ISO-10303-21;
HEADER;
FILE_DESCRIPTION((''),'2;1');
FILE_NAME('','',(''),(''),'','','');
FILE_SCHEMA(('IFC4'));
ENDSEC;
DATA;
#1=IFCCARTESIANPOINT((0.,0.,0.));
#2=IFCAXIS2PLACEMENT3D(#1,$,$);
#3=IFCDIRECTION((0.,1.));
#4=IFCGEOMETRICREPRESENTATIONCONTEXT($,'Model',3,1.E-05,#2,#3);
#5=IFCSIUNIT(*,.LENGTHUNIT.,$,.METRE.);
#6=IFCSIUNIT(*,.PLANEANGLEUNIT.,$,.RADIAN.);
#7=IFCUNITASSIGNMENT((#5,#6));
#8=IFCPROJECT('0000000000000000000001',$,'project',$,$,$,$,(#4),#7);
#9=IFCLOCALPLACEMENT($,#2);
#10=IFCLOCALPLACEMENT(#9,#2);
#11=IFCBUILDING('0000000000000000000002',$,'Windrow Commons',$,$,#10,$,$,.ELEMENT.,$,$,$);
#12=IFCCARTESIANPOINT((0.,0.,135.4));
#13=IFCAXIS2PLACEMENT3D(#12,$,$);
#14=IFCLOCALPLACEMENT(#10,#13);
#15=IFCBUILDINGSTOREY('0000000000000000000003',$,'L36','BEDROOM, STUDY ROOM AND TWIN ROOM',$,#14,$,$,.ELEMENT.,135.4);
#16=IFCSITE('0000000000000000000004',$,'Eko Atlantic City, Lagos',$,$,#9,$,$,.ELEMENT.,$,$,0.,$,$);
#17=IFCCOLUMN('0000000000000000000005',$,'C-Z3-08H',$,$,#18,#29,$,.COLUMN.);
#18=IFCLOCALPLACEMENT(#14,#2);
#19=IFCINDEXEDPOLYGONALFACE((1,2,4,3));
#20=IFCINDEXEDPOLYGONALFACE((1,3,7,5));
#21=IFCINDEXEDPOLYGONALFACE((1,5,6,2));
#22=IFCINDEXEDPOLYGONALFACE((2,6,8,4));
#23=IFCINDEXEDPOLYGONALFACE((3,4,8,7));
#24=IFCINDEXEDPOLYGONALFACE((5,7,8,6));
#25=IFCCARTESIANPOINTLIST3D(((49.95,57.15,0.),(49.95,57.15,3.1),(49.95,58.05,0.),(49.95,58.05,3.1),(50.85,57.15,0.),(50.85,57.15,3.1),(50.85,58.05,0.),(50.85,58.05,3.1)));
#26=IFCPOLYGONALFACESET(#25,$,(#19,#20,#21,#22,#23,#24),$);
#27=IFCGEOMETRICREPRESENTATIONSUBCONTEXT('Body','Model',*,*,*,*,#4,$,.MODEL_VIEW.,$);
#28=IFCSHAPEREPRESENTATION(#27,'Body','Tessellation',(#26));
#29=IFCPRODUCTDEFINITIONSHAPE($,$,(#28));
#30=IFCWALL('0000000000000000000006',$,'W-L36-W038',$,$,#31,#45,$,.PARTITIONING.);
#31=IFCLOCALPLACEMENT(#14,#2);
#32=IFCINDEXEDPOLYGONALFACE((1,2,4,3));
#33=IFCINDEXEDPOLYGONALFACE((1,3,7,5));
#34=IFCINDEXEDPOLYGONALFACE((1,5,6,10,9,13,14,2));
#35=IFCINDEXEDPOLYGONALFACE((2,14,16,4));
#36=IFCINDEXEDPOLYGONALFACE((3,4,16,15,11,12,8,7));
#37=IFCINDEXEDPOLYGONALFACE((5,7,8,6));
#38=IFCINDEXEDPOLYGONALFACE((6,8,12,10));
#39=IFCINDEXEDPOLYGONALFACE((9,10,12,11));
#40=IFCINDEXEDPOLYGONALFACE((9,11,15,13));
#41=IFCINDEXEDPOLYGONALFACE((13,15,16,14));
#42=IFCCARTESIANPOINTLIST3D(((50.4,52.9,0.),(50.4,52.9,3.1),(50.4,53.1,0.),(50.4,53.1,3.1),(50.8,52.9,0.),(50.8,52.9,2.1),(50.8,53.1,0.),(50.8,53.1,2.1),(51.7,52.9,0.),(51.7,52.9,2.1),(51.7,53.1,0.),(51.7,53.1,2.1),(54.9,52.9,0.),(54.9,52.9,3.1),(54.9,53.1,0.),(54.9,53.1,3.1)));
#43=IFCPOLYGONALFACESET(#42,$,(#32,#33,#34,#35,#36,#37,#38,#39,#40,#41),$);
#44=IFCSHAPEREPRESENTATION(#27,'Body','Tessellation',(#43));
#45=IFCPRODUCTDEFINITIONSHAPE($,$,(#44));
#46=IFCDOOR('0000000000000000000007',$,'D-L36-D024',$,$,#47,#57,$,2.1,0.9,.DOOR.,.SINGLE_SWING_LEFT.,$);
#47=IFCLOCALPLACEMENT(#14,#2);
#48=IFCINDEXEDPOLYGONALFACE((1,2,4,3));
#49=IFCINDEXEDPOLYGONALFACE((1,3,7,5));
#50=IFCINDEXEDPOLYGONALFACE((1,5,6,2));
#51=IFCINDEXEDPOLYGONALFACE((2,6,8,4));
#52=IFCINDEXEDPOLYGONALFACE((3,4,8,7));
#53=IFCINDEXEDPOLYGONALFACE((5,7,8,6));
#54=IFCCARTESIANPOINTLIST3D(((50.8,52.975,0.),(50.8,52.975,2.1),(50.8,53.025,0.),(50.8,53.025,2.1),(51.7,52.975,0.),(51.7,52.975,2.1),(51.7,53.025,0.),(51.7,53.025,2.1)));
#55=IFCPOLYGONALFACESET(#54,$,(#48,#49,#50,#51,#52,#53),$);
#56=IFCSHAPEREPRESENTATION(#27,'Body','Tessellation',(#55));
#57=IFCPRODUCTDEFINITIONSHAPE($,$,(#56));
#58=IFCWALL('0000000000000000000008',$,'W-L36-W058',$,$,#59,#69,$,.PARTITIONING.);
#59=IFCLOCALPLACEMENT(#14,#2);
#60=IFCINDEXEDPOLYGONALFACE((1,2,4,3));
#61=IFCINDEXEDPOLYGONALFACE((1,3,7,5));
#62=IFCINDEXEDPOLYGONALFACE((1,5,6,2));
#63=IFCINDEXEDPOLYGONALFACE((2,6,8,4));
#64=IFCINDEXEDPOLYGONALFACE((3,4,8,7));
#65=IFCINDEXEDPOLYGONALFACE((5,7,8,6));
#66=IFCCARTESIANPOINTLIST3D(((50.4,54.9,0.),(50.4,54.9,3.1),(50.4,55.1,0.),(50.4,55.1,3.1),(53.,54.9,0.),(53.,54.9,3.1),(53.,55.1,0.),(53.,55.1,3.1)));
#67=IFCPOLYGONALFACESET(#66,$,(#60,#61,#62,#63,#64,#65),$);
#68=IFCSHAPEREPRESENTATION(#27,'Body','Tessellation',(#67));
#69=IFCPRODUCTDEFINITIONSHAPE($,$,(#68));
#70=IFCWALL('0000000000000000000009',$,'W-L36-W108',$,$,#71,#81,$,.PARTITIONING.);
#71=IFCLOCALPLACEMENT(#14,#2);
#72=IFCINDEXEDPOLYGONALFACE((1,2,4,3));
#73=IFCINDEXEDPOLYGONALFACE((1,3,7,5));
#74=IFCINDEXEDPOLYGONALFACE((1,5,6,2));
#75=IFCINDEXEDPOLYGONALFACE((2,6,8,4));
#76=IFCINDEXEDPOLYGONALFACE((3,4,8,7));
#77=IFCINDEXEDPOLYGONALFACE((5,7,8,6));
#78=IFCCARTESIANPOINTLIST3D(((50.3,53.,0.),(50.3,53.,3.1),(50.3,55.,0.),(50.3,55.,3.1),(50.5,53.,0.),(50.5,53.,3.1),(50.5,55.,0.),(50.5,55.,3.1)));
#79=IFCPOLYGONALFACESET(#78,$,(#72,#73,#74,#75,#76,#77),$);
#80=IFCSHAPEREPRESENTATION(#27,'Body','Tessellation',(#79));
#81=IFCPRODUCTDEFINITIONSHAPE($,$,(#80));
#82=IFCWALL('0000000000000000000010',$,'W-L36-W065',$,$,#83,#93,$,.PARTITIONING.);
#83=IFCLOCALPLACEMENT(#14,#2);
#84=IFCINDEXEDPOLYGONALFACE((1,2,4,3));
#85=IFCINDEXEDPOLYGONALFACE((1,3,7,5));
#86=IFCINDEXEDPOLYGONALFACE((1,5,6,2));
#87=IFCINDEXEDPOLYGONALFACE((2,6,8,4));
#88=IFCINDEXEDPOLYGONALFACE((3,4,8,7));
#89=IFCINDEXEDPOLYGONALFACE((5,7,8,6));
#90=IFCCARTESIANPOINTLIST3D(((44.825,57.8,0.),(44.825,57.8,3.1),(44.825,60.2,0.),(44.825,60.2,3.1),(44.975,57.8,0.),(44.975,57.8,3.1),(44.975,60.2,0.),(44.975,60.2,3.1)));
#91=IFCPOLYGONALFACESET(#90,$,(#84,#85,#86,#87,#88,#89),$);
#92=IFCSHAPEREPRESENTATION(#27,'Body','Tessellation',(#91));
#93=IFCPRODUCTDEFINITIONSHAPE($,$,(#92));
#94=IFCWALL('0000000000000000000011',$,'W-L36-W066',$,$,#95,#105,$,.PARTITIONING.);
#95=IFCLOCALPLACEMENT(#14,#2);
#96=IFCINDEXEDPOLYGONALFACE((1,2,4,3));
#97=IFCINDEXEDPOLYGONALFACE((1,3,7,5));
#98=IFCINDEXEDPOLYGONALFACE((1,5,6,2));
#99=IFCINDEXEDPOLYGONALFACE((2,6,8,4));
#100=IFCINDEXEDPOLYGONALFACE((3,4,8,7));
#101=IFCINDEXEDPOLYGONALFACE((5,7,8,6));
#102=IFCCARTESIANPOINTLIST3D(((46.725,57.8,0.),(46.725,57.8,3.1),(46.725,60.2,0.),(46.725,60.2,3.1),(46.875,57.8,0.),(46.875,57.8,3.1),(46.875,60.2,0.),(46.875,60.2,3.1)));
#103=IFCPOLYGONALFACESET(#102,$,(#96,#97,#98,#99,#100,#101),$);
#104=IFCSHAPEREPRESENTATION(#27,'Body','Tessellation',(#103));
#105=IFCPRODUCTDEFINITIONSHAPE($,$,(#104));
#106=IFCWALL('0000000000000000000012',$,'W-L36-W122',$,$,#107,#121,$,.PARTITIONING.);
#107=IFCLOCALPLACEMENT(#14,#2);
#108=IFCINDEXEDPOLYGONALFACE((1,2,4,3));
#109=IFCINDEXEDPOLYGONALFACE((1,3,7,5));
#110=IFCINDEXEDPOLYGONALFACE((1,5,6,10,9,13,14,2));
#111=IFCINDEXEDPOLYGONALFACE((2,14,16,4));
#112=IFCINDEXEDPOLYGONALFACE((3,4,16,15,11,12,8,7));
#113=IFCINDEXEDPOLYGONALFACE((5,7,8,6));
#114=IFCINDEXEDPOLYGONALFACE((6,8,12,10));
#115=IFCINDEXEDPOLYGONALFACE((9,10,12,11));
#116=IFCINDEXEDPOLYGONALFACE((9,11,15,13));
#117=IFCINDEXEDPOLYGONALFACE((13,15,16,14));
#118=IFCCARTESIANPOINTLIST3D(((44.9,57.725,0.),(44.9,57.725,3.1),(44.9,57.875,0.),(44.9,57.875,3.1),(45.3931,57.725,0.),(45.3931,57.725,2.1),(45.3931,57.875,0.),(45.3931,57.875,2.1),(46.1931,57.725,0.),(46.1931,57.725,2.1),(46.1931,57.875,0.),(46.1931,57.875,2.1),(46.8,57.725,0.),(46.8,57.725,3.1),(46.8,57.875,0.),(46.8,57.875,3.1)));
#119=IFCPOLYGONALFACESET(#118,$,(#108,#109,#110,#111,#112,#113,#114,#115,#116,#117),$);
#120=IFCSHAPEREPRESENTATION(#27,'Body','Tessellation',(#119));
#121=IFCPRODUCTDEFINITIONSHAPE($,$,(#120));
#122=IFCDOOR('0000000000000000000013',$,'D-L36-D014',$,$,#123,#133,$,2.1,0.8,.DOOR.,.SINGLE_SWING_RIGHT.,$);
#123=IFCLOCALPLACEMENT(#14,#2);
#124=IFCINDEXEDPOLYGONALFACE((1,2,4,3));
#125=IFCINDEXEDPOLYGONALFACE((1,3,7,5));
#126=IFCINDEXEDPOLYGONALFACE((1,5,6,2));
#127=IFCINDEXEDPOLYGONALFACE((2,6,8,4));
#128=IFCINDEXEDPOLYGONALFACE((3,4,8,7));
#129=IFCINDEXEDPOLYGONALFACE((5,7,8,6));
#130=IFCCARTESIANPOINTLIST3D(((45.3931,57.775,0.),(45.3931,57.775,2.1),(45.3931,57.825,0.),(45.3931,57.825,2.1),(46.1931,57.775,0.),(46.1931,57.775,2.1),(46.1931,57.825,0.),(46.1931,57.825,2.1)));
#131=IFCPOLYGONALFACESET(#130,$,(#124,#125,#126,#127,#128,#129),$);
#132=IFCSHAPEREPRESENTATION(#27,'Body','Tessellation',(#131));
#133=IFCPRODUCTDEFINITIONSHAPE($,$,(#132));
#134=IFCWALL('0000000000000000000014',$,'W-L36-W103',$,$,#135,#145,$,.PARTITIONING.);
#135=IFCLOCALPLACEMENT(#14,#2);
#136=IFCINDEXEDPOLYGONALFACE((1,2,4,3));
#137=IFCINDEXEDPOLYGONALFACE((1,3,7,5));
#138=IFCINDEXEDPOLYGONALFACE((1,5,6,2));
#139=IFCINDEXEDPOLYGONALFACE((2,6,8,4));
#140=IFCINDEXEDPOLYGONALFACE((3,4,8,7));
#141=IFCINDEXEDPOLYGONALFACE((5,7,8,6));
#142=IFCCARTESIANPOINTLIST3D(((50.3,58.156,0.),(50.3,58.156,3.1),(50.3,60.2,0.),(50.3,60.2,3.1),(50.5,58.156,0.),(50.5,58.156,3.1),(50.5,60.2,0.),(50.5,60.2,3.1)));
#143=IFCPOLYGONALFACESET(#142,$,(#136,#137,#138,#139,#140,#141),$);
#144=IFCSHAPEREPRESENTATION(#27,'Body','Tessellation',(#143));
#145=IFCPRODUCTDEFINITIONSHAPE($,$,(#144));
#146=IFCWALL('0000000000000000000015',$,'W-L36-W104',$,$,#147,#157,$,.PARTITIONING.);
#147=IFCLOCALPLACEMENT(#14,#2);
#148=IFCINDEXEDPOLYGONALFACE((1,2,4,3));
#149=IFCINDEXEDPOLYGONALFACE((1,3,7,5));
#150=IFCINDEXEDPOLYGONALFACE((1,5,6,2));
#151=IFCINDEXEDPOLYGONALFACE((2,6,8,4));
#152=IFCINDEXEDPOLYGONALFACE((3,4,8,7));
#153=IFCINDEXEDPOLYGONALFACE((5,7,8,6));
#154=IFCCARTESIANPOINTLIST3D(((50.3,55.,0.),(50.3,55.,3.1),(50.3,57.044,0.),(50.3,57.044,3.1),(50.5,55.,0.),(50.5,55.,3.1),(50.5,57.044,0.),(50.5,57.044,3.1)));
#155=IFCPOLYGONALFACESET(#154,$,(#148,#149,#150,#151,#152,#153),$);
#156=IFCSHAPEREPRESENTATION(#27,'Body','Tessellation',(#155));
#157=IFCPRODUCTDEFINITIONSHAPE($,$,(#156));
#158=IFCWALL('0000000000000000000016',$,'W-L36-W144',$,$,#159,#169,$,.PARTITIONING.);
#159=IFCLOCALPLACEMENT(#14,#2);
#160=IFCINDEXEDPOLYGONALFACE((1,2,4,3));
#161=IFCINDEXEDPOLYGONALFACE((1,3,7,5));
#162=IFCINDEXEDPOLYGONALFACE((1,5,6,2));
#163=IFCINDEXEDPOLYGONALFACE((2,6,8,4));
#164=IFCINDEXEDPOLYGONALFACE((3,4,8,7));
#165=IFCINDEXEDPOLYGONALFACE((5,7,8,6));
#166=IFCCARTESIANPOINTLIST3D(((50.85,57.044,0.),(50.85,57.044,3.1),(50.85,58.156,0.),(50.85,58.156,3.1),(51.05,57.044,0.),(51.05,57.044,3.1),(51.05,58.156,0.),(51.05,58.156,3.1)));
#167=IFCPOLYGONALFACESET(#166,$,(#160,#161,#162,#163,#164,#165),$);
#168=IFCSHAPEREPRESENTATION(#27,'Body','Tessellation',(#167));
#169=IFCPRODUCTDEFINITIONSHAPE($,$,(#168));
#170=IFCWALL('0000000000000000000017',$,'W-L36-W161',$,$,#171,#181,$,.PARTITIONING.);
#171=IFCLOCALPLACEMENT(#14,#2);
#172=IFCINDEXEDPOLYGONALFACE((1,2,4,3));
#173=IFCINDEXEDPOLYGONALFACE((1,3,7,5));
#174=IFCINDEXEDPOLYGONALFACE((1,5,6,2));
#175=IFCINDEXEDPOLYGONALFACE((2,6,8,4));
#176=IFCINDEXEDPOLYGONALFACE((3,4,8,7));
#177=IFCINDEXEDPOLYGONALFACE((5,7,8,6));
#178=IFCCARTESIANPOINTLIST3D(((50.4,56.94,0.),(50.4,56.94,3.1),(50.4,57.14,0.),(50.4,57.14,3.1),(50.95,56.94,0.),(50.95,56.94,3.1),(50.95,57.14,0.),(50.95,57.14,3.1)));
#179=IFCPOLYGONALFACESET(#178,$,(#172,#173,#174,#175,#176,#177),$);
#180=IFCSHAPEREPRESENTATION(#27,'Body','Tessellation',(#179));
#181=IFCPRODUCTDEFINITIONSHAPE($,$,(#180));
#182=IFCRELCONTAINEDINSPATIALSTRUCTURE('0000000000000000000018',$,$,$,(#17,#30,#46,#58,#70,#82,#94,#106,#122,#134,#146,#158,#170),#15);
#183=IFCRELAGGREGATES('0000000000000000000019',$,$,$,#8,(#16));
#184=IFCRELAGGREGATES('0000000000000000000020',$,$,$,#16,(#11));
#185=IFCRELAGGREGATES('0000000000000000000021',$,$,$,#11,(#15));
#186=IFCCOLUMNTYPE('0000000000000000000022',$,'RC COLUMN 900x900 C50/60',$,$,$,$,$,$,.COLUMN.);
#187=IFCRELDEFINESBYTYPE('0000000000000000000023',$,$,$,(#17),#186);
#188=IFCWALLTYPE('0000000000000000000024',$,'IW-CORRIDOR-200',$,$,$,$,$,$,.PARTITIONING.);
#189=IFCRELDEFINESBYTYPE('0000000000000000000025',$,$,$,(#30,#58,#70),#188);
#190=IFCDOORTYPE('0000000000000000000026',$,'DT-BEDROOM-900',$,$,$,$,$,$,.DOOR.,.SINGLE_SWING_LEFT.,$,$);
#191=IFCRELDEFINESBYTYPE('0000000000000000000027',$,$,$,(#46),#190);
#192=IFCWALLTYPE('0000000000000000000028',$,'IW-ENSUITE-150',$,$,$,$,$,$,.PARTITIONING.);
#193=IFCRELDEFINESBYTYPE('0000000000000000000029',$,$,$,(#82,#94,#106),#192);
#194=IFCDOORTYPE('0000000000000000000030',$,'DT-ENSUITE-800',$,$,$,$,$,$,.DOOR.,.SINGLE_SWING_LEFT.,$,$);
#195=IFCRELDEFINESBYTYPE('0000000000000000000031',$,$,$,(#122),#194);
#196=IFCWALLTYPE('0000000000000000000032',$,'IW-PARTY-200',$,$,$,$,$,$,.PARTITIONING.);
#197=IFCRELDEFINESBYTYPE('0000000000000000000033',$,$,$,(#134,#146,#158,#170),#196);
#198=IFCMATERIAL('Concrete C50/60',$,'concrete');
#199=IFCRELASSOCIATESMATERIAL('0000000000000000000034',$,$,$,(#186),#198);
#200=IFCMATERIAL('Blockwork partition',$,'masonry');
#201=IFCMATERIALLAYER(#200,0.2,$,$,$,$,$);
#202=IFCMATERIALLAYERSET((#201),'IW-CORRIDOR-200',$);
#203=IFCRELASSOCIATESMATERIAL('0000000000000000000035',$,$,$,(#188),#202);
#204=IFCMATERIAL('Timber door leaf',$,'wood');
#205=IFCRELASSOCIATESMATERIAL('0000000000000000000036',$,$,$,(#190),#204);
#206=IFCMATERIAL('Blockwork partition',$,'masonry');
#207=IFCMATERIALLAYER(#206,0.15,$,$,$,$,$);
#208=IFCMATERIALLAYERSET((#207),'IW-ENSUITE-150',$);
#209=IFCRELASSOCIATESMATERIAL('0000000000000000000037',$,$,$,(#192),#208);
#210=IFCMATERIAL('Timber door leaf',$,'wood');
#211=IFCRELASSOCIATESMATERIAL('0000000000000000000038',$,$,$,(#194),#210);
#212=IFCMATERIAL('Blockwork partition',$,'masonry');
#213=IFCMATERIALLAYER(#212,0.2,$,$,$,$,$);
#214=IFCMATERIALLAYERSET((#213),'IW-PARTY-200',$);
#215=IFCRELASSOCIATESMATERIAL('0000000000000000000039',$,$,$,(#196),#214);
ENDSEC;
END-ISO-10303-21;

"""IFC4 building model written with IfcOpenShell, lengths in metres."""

from ifc_helpers import new_model, si_unit, direction, frame, frame_2d, origin, origin_2d, place, context, subcontext, project, spatial, rectangle, extrude, material, layer, layer_set, material_profile, profile_set, type_object, element, fill, save


model = new_model("IFC4")

# Units and contexts
model_context = context("Model", 3, precision=1e-05, world=origin(), true_north=direction((0.0, 1.0)))
body_context = subcontext(model_context, "Body", "Model", "MODEL_VIEW")
ifc_project = project(units=[si_unit("LENGTHUNIT", "METRE"), si_unit("PLANEANGLEUNIT", "RADIAN")], contexts=[model_context])

# Site, building, storey
site_placement = place(None, origin())
site = spatial("IfcSite", under=ifc_project, at=site_placement, Name="Eko Atlantic City, Lagos", CompositionType="ELEMENT", RefElevation=0.0)
building_placement = place(site_placement, origin())
building = spatial("IfcBuilding", under=site, at=building_placement, Name="Windrow Commons", CompositionType="ELEMENT")
storey_placement = place(building_placement, frame((0.0, 0.0, 135.4)))
storey = spatial("IfcBuildingStorey", under=building, at=storey_placement, Name="L36", Description="BEDROOM, STUDY ROOM AND TWIN ROOM", CompositionType="ELEMENT", Elevation=135.4)

# Column
ifc_material_1 = material(Name="Concrete C50/60", Category="concrete")
ifc_material_profile = material_profile(ifc_material_1, rectangle(XDim=0.9, YDim=0.9, at=origin_2d()))
ifc_profile_set = profile_set([ifc_material_profile], Name="Concrete C50/60")
column_type = type_object("IfcColumnType", Name="RC COLUMN 900x900 C50/60", PredefinedType="COLUMN", material=ifc_profile_set)
column_placement = place(storey_placement, frame((50.4, 57.6, 0.0), z_axis=(0.0, 0.0, 1.0), x_axis=(1.0, 0.0, 0.0)))
element("IfcColumn", 1, at=column_placement, inside=storey, type_object=column_type, Name="C-Z3-08H", PredefinedType="COLUMN", context=body_context, shape_type="SweptSolid", body=[
    extrude(rectangle(XDim=0.9, YDim=0.9, at=origin_2d()), origin(), (0.0, 0.0, 1.0), 3.1),
])

# Wall, opening, door
ifc_material_2 = material(Name="Blockwork partition", Category="masonry")
ifc_layer_1 = layer(ifc_material_2, 0.2)
ifc_layer_set_1 = layer_set([ifc_layer_1], Name="IW-CORRIDOR-200")
wall_type_1 = type_object("IfcWallType", Name="IW-CORRIDOR-200", PredefinedType="PARTITIONING", material=ifc_layer_set_1)
wall_1_placement = place(storey_placement, frame((50.4, 53.0, 0.0), z_axis=(0.0, 0.0, 1.0), x_axis=(1.0, 0.0, 0.0)))
wall_1 = element("IfcWall", 2, at=wall_1_placement, inside=storey, type_object=wall_type_1, Name="W-L36-W038", PredefinedType="PARTITIONING", context=body_context, shape_type="SweptSolid", body=[
    extrude(rectangle(XDim=4.5, YDim=0.2, at=frame_2d((2.25, 0.0))), origin(), (0.0, 0.0, 1.0), 3.1),
])
opening_1_placement = place(wall_1_placement, frame((0.4, 0.0, 0.0)))
opening_1 = element("IfcOpeningElement", 3, at=opening_1_placement, cuts=wall_1, PredefinedType="OPENING", context=body_context, shape_type="SweptSolid", body=[
    extrude(rectangle(XDim=0.9, YDim=2.1, at=frame_2d((0.45, 1.05))), frame((0.0, 0.11, 0.0), z_axis=(0.0, -1.0, 0.0), x_axis=(1.0, 0.0, 0.0)), (0.0, 0.0, 1.0), 0.22),
])
ifc_material_3 = material(Name="Timber door leaf", Category="wood")
door_type_1 = type_object("IfcDoorType", Name="DT-BEDROOM-900", OperationType="SINGLE_SWING_LEFT", PredefinedType="DOOR", material=ifc_material_3)
door_1_placement = place(opening_1_placement, origin())
door_1 = element("IfcDoor", 4, at=door_1_placement, inside=storey, type_object=door_type_1, Name="D-L36-D024", OperationType="SINGLE_SWING_LEFT", OverallHeight=2.1, OverallWidth=0.9, PredefinedType="DOOR", context=body_context, shape_type="SweptSolid", body=[
    extrude(rectangle(XDim=0.9, YDim=2.1, at=frame_2d((0.45, 1.05))), frame((0.0, 0.025, 0.0), z_axis=(0.0, -1.0, 0.0), x_axis=(1.0, 0.0, 0.0)), (0.0, 0.0, 1.0), 0.05),
])
fill(opening_1, door_1)

# Walls
wall_2_placement = place(storey_placement, frame((50.4, 55.0, 0.0), z_axis=(0.0, 0.0, 1.0), x_axis=(1.0, 0.0, 0.0)))
element("IfcWall", 5, at=wall_2_placement, inside=storey, type_object=wall_type_1, Name="W-L36-W058", PredefinedType="PARTITIONING", context=body_context, shape_type="SweptSolid", body=[
    extrude(rectangle(XDim=2.6, YDim=0.2, at=frame_2d((1.3, 0.0))), origin(), (0.0, 0.0, 1.0), 3.1),
])
wall_3_placement = place(storey_placement, frame((50.4, 53.0, 0.0), z_axis=(0.0, 0.0, 1.0), x_axis=(0.0, 1.0, 0.0)))
element("IfcWall", 6, at=wall_3_placement, inside=storey, type_object=wall_type_1, Name="W-L36-W108", PredefinedType="PARTITIONING", context=body_context, shape_type="SweptSolid", body=[
    extrude(rectangle(XDim=2.0, YDim=0.2, at=frame_2d((1.0, 0.0))), origin(), (0.0, 0.0, 1.0), 3.1),
])
ifc_material_4 = material(Name="Blockwork partition", Category="masonry")
ifc_layer_2 = layer(ifc_material_4, 0.15)
ifc_layer_set_2 = layer_set([ifc_layer_2], Name="IW-ENSUITE-150")
wall_type_2 = type_object("IfcWallType", Name="IW-ENSUITE-150", PredefinedType="PARTITIONING", material=ifc_layer_set_2)
for number, where, z_axis, x_axis, name in (
    (7, (44.9, 57.8, 0.0), (0.0, 0.0, 1.0), (0.0, 1.0, 0.0), "W-L36-W065"),
    (8, (46.8, 57.8, 0.0), (0.0, 0.0, 1.0), (0.0, 1.0, 0.0), "W-L36-W066"),
):
    element("IfcWall", number, at=place(storey_placement, frame(where, z_axis=z_axis, x_axis=x_axis)), inside=storey, type_object=wall_type_2, Name=name, PredefinedType="PARTITIONING", context=body_context, shape_type="SweptSolid", body=[
        extrude(rectangle(XDim=2.4, YDim=0.15, at=frame_2d((1.2, 0.0))), origin(), (0.0, 0.0, 1.0), 3.1),
    ])

# Wall, opening, door
wall_4_placement = place(storey_placement, frame((44.9, 57.8, 0.0), z_axis=(0.0, 0.0, 1.0), x_axis=(1.0, 0.0, 0.0)))
wall_4 = element("IfcWall", 9, at=wall_4_placement, inside=storey, type_object=wall_type_2, Name="W-L36-W122", PredefinedType="PARTITIONING", context=body_context, shape_type="SweptSolid", body=[
    extrude(rectangle(XDim=1.9, YDim=0.15, at=frame_2d((0.95, 0.0))), origin(), (0.0, 0.0, 1.0), 3.1),
])
opening_2_placement = place(wall_4_placement, frame((0.4931, 0.0, 0.0)))
opening_2 = element("IfcOpeningElement", 10, at=opening_2_placement, cuts=wall_4, PredefinedType="OPENING", context=body_context, shape_type="SweptSolid", body=[
    extrude(rectangle(XDim=0.8, YDim=2.1, at=frame_2d((0.4, 1.05))), frame((0.0, 0.085, 0.0), z_axis=(0.0, -1.0, 0.0), x_axis=(1.0, 0.0, 0.0)), (0.0, 0.0, 1.0), 0.17),
])
ifc_material_5 = material(Name="Timber door leaf", Category="wood")
door_type_2 = type_object("IfcDoorType", Name="DT-ENSUITE-800", OperationType="SINGLE_SWING_LEFT", PredefinedType="DOOR", material=ifc_material_5)
door_2_placement = place(opening_2_placement, origin())
door_2 = element("IfcDoor", 11, at=door_2_placement, inside=storey, type_object=door_type_2, Name="D-L36-D014", OperationType="SINGLE_SWING_RIGHT", OverallHeight=2.1, OverallWidth=0.8, PredefinedType="DOOR", context=body_context, shape_type="SweptSolid", body=[
    extrude(rectangle(XDim=0.8, YDim=2.1, at=frame_2d((0.4, 1.05))), frame((0.0, 0.025, 0.0), z_axis=(0.0, -1.0, 0.0), x_axis=(1.0, 0.0, 0.0)), (0.0, 0.0, 1.0), 0.05),
])
fill(opening_2, door_2)

# Walls
ifc_material_6 = material(Name="Blockwork partition", Category="masonry")
ifc_layer_3 = layer(ifc_material_6, 0.2)
ifc_layer_set_3 = layer_set([ifc_layer_3], Name="IW-PARTY-200")
wall_type_3 = type_object("IfcWallType", Name="IW-PARTY-200", PredefinedType="PARTITIONING", material=ifc_layer_set_3)
for number, where, z_axis, x_axis, name in (
    (12, (50.4, 58.156, 0.0), (0.0, 0.0, 1.0), (0.0, 1.0, 0.0), "W-L36-W103"),
    (13, (50.4, 55.0, 0.0), (0.0, 0.0, 1.0), (0.0, 1.0, 0.0), "W-L36-W104"),
):
    element("IfcWall", number, at=place(storey_placement, frame(where, z_axis=z_axis, x_axis=x_axis)), inside=storey, type_object=wall_type_3, Name=name, PredefinedType="PARTITIONING", context=body_context, shape_type="SweptSolid", body=[
        extrude(rectangle(XDim=2.044, YDim=0.2, at=frame_2d((1.022, 0.0))), origin(), (0.0, 0.0, 1.0), 3.1),
    ])
wall_5_placement = place(storey_placement, frame((50.95, 57.044, 0.0), z_axis=(0.0, 0.0, 1.0), x_axis=(0.0, 1.0, 0.0)))
element("IfcWall", 14, at=wall_5_placement, inside=storey, type_object=wall_type_3, Name="W-L36-W144", PredefinedType="PARTITIONING", context=body_context, shape_type="SweptSolid", body=[
    extrude(rectangle(XDim=1.112, YDim=0.2, at=frame_2d((0.556, 0.0))), origin(), (0.0, 0.0, 1.0), 3.1),
])
for number, where, z_axis, x_axis, name in (
    (15, (50.4, 57.04, 0.0), (0.0, 0.0, 1.0), (1.0, 0.0, 0.0), "W-L36-W161"),
):
    element("IfcWall", number, at=place(storey_placement, frame(where, z_axis=z_axis, x_axis=x_axis)), inside=storey, type_object=wall_type_3, Name=name, PredefinedType="PARTITIONING", context=body_context, shape_type="SweptSolid", body=[
        extrude(rectangle(XDim=0.55, YDim=0.2, at=frame_2d((0.275, 0.0))), origin(), (0.0, 0.0, 1.0), 3.1),
    ])

save(model, "model.ifc")
